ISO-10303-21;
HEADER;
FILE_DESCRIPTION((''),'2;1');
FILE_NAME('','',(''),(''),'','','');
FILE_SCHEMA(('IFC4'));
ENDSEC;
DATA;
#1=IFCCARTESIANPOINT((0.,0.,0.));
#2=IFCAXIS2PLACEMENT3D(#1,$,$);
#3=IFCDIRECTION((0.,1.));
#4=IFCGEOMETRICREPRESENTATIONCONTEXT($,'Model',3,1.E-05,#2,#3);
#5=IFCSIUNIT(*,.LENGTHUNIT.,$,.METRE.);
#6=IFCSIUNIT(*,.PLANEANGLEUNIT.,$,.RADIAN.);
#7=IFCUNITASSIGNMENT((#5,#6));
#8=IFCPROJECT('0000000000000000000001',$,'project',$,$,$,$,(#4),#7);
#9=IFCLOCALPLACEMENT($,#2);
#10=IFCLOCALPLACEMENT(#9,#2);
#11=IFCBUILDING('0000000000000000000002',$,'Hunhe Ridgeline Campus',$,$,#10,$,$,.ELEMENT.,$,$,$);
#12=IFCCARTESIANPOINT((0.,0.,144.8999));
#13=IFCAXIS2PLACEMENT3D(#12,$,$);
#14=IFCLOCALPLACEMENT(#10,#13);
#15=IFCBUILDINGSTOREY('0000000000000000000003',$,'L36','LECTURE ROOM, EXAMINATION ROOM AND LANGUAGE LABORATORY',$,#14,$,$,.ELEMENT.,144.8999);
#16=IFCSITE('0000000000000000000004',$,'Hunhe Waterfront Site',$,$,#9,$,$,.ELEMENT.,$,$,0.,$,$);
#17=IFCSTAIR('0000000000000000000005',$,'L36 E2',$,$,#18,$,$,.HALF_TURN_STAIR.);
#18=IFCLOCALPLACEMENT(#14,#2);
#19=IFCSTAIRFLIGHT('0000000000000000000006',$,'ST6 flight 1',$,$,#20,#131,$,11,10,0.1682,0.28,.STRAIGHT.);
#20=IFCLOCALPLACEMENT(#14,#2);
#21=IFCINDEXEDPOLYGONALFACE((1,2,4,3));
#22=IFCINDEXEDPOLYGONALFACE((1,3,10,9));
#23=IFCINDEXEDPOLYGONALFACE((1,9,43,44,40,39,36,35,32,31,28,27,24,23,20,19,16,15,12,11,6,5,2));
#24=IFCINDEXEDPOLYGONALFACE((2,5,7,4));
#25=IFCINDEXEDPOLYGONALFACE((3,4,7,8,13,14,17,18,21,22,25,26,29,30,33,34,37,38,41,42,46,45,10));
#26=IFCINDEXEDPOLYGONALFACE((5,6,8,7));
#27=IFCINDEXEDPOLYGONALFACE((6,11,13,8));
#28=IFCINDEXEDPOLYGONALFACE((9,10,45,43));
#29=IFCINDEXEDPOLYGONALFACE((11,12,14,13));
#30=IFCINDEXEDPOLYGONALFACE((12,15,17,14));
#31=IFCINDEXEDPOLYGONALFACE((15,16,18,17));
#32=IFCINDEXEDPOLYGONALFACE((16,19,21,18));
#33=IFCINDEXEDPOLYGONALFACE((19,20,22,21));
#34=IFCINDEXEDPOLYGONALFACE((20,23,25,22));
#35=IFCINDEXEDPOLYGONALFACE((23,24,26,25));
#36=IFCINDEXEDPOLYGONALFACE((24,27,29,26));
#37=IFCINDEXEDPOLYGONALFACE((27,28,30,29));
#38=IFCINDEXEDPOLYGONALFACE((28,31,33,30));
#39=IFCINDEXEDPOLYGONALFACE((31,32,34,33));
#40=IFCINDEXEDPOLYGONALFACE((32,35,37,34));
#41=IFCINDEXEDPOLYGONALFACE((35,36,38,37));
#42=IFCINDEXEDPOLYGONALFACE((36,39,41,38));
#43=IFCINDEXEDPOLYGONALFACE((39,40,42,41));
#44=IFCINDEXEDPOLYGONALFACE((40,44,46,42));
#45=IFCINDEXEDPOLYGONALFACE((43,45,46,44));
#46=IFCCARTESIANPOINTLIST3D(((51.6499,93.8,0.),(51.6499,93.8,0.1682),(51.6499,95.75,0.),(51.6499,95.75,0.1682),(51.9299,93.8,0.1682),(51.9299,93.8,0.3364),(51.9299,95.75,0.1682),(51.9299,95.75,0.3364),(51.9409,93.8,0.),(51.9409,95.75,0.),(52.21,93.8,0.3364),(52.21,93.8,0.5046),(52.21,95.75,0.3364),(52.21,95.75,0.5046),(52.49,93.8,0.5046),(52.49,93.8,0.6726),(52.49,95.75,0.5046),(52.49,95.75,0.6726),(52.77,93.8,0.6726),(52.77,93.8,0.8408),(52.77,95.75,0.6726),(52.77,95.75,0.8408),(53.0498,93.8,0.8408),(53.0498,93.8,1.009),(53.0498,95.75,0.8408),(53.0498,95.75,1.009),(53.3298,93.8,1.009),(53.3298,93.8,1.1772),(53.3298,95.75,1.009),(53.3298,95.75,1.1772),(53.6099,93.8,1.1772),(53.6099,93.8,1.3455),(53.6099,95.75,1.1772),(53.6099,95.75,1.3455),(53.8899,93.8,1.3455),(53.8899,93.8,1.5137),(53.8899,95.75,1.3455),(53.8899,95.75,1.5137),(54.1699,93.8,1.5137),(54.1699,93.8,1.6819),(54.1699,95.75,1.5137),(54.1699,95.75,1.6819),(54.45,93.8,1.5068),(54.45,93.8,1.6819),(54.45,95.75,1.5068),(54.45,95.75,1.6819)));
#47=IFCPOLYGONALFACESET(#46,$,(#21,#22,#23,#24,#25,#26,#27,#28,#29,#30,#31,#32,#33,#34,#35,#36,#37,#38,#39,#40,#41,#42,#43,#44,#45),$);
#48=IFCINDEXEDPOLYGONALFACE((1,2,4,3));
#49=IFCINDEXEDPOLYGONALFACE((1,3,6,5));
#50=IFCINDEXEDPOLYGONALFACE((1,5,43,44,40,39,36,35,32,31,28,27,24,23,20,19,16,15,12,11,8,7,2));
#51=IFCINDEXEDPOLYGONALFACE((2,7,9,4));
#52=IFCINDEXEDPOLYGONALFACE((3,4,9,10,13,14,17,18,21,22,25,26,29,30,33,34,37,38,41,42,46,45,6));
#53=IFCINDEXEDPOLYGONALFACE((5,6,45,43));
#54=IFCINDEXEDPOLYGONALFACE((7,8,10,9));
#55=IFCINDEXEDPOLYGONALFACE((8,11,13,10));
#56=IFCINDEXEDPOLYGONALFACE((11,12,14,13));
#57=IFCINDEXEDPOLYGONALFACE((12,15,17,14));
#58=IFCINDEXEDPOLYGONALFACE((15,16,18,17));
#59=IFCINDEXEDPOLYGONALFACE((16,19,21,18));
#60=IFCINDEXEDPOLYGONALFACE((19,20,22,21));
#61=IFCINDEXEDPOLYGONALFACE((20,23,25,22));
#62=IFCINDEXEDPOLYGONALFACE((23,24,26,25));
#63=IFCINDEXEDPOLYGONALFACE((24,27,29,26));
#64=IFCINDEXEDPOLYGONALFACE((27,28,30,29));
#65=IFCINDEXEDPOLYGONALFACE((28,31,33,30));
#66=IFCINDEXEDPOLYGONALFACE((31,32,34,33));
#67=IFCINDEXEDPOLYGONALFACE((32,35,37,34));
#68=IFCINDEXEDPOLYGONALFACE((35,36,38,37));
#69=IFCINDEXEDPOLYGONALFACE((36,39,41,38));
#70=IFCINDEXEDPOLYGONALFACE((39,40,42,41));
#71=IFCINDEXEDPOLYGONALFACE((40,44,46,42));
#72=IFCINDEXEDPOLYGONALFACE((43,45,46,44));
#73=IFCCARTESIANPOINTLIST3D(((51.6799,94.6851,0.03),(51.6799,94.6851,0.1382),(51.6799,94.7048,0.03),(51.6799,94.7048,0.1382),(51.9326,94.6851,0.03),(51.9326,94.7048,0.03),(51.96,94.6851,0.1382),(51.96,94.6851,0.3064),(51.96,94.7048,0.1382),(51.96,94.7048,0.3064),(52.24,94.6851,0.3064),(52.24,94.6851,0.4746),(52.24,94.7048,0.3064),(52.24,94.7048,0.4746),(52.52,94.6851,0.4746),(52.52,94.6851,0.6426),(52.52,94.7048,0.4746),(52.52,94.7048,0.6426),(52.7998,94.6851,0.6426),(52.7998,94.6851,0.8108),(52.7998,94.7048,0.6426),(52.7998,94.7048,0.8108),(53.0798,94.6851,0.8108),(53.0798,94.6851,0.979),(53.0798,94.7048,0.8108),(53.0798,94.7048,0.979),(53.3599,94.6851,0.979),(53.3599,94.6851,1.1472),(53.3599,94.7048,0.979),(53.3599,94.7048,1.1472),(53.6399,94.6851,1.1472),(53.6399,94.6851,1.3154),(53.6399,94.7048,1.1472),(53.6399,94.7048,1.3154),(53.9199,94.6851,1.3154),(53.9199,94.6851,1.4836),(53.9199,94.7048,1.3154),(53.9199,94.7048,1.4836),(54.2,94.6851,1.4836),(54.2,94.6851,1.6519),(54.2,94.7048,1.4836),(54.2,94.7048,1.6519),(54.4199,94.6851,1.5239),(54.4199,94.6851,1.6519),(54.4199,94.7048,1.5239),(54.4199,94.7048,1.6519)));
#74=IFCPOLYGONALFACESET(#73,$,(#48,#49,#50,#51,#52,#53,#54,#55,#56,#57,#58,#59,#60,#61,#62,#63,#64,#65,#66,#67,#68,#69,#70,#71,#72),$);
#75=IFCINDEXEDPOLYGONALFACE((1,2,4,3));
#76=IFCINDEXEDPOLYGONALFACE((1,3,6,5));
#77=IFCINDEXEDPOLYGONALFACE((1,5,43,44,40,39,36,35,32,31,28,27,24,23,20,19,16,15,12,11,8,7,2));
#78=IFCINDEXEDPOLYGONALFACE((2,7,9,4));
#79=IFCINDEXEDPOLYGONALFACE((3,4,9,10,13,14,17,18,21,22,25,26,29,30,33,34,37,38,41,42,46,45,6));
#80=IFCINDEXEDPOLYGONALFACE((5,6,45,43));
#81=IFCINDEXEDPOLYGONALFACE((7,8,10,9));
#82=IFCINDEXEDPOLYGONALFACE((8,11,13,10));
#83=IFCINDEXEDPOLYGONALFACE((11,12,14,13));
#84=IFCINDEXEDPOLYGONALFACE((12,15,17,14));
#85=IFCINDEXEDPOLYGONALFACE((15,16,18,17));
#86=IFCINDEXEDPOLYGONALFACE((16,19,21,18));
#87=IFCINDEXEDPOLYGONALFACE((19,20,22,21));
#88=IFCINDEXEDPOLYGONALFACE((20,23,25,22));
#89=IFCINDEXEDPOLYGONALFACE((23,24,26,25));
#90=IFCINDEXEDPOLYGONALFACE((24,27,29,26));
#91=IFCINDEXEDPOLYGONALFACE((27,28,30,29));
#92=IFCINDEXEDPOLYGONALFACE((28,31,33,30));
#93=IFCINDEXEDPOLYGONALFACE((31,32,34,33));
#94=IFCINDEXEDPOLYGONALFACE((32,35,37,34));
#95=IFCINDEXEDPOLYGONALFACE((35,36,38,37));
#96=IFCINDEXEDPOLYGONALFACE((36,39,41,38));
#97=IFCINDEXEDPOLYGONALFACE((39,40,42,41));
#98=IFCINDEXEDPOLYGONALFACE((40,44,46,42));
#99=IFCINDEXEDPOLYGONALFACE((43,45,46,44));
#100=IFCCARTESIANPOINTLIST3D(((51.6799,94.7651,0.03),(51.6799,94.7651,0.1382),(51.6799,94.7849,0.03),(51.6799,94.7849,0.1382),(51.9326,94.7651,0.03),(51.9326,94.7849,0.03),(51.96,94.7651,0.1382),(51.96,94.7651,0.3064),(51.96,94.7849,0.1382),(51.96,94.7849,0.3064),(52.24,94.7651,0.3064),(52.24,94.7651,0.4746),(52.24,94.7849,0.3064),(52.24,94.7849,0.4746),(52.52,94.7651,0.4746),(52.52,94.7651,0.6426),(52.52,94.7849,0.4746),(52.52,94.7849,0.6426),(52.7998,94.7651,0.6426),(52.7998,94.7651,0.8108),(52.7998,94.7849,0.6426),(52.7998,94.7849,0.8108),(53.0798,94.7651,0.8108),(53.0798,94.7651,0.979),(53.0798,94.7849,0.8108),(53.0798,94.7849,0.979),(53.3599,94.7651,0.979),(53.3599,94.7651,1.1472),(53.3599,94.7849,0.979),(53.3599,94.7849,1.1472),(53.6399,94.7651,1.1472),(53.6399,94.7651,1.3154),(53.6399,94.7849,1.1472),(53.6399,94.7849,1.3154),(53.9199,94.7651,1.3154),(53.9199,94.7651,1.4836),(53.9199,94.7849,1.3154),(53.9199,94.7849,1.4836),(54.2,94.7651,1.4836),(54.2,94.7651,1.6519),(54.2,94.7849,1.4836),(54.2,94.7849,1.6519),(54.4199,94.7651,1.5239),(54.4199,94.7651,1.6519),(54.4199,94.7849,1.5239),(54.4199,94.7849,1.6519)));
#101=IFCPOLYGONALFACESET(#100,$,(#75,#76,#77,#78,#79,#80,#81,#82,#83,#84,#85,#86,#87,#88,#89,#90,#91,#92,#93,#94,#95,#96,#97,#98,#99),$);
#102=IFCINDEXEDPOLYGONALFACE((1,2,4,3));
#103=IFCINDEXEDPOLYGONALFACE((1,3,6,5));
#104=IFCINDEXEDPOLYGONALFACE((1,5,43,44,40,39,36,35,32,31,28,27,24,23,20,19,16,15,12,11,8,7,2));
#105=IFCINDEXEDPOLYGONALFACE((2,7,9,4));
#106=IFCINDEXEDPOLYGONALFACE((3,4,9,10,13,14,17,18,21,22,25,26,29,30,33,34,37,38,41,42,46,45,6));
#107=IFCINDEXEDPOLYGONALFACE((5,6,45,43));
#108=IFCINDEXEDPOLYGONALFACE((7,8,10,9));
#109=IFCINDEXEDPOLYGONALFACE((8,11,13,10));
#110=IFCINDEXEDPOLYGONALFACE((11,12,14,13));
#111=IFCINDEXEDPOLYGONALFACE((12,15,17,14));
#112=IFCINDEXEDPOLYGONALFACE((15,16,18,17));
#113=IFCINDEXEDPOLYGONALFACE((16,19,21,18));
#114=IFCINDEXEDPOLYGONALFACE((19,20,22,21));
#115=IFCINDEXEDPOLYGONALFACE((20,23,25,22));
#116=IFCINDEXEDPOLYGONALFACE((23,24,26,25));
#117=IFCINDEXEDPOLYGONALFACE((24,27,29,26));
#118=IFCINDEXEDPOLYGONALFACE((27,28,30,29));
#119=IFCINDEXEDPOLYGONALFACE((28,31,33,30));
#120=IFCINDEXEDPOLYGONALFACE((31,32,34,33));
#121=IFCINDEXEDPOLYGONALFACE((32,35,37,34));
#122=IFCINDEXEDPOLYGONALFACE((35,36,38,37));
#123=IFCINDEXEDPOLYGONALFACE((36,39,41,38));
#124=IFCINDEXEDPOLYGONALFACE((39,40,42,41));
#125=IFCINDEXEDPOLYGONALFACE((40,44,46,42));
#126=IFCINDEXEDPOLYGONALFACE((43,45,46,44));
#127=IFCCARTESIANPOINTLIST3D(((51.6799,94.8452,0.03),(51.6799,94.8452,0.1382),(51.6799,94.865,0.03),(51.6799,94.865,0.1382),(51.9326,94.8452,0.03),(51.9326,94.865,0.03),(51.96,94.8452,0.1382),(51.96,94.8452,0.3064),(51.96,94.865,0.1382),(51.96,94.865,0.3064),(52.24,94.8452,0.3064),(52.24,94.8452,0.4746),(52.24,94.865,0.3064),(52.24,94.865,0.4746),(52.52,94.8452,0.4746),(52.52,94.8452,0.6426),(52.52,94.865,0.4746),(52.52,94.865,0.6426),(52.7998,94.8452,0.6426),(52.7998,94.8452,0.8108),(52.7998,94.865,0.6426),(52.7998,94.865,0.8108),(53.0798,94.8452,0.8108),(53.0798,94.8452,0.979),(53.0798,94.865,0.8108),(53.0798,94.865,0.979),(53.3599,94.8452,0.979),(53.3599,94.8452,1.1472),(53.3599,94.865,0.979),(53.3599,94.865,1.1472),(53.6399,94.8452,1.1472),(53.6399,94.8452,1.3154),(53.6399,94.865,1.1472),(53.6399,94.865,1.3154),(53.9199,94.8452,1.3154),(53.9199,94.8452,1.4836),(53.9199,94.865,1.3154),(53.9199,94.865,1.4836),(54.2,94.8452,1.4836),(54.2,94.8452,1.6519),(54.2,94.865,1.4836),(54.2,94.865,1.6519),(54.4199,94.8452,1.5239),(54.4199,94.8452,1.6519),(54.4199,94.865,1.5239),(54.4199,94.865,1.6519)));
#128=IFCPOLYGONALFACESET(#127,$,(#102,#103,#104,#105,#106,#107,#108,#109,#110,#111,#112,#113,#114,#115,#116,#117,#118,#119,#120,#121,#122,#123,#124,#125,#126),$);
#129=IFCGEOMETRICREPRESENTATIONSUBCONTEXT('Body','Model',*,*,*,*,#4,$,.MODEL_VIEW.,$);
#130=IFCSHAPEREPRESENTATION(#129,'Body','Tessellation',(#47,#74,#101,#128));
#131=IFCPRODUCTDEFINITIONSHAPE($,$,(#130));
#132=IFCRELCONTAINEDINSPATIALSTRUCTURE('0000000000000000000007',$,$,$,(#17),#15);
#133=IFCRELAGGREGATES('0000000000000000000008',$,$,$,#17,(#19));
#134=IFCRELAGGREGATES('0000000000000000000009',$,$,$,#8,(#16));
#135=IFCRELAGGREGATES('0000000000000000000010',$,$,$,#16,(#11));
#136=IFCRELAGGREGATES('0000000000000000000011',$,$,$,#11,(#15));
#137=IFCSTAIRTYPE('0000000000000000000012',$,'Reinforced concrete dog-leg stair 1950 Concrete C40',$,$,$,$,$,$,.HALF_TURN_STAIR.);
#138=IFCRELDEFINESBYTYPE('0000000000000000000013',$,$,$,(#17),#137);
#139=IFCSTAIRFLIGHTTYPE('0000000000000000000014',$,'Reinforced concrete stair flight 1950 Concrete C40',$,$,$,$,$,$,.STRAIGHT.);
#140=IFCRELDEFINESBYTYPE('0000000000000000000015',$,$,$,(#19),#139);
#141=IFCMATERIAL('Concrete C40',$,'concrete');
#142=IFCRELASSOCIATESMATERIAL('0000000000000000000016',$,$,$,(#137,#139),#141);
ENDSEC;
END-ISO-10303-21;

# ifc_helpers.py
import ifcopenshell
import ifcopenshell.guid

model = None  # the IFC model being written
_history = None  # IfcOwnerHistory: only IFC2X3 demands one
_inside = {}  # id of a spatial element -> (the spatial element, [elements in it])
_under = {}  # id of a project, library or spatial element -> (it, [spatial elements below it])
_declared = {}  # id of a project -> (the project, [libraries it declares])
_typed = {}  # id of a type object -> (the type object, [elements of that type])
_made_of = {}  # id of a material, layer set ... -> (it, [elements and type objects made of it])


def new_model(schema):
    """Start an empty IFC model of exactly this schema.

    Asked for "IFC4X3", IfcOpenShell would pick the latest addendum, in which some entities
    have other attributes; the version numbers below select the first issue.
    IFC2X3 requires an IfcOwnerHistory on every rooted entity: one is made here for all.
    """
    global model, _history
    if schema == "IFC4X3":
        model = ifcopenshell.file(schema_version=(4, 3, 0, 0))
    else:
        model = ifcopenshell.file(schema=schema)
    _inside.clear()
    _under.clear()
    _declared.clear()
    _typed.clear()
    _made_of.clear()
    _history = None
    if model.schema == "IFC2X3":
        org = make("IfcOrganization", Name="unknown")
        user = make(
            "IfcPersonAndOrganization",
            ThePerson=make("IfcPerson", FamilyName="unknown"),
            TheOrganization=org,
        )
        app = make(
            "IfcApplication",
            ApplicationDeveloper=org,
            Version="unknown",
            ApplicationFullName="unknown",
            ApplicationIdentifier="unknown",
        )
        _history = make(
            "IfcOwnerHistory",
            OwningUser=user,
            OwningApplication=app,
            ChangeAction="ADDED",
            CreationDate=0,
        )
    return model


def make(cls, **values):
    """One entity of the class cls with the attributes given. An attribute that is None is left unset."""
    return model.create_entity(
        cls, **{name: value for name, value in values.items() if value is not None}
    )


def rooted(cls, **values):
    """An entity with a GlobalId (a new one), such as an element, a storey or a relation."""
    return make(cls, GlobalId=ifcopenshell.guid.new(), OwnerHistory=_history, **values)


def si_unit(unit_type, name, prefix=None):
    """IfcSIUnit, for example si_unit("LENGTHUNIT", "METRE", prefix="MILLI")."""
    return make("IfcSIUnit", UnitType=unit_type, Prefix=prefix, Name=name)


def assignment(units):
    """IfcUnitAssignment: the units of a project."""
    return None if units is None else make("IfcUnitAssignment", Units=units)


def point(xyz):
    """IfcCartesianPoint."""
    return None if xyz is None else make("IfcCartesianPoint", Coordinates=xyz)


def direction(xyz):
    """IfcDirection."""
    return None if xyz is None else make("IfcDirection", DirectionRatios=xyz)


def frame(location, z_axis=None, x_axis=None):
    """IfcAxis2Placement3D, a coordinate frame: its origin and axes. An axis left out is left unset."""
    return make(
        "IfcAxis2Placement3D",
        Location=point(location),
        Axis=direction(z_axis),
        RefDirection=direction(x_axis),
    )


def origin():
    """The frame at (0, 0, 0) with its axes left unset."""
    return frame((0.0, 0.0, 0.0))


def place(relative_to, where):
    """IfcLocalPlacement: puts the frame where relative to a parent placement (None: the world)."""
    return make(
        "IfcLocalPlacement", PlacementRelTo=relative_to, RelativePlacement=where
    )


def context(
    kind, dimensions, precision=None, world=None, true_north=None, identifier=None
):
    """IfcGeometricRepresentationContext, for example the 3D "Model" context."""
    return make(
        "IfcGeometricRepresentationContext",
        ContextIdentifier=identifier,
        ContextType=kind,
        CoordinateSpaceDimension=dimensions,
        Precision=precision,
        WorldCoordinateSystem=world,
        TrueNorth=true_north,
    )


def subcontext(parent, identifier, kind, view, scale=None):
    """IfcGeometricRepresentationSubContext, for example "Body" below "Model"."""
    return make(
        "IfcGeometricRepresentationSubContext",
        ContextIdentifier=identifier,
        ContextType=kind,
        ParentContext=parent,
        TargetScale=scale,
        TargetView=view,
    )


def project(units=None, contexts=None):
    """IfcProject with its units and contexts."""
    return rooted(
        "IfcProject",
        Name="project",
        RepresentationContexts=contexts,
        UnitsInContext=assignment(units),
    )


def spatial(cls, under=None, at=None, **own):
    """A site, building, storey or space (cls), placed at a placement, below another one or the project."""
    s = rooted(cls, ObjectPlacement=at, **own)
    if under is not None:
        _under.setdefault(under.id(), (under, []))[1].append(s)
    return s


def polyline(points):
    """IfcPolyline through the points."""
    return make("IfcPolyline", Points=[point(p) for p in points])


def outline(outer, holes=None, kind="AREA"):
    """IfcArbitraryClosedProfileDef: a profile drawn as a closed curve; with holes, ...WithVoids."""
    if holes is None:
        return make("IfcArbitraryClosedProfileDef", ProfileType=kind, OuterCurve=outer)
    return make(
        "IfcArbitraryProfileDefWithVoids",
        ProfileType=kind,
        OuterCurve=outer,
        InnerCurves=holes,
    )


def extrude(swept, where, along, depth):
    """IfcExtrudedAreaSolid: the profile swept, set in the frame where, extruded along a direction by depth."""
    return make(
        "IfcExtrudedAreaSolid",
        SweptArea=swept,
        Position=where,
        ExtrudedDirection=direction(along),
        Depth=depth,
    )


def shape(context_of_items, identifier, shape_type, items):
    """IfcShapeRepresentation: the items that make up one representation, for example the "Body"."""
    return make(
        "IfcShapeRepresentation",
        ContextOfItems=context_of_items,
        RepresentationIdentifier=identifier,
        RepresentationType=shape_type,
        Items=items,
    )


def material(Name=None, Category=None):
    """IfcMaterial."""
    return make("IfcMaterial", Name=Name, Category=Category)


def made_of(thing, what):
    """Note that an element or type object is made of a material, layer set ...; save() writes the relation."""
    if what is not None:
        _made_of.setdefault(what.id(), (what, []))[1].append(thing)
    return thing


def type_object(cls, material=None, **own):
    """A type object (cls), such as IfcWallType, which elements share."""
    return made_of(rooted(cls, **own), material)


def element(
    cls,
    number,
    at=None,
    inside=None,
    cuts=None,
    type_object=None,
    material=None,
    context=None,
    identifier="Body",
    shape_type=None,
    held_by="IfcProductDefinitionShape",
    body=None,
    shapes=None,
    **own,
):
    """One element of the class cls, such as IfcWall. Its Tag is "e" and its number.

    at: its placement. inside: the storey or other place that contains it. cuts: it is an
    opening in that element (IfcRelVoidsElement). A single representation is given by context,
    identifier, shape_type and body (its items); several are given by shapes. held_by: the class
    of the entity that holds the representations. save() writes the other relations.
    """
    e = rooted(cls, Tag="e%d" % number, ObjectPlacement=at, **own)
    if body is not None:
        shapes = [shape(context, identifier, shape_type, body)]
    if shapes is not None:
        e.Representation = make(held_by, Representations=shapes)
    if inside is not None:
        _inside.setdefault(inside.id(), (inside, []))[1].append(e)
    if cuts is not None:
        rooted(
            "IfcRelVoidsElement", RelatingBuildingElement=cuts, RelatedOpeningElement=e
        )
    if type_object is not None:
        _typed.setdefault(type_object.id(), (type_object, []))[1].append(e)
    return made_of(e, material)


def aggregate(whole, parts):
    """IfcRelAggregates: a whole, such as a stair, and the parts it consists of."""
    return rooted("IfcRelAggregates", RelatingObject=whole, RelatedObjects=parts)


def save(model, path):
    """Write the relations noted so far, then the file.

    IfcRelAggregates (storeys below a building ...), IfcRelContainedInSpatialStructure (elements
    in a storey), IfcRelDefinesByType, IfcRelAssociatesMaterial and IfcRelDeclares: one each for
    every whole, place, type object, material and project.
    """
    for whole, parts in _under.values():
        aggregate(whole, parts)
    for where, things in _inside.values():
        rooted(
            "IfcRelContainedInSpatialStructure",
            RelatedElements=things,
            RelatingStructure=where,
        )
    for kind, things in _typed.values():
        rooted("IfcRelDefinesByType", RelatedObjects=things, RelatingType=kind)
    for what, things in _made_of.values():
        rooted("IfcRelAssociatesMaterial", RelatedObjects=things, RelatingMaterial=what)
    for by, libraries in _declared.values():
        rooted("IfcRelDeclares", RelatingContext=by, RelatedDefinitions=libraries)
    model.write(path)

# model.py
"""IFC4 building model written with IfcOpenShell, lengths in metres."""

from ifc_helpers import new_model, si_unit, direction, frame, origin, place, context, subcontext, project, spatial, polyline, outline, extrude, material, type_object, element, aggregate, save


model = new_model("IFC4")

# Units and contexts
model_context = context("Model", 3, precision=1e-05, world=origin(), true_north=direction((0.0, 1.0)))
body_context = subcontext(model_context, "Body", "Model", "MODEL_VIEW")
ifc_project = project(units=[si_unit("LENGTHUNIT", "METRE"), si_unit("PLANEANGLEUNIT", "RADIAN")], contexts=[model_context])

# Site, building, storey
site_placement = place(None, origin())
site = spatial("IfcSite", under=ifc_project, at=site_placement, Name="Hunhe Waterfront Site", CompositionType="ELEMENT", RefElevation=0.0)
building_placement = place(site_placement, origin())
building = spatial("IfcBuilding", under=site, at=building_placement, Name="Hunhe Ridgeline Campus", CompositionType="ELEMENT")
storey_placement = place(building_placement, frame((0.0, 0.0, 144.8999)))
storey = spatial("IfcBuildingStorey", under=building, at=storey_placement, Name="L36", Description="LECTURE ROOM, EXAMINATION ROOM AND LANGUAGE LABORATORY", CompositionType="ELEMENT", Elevation=144.8999)

# Shared definitions
ifc_material_1 = material(Name="Concrete C40", Category="concrete")
stair_type = type_object("IfcStairType", Name="Reinforced concrete dog-leg stair 1950 Concrete C40", PredefinedType="HALF_TURN_STAIR", material=ifc_material_1)
stair_flight_type = type_object("IfcStairFlightType", Name="Reinforced concrete stair flight 1950 Concrete C40", PredefinedType="STRAIGHT", material=ifc_material_1)

# Stair, stair flight
stair_1_placement = place(storey_placement, origin())
stair_1 = element("IfcStair", 1, at=stair_1_placement, inside=storey, type_object=stair_type, Name="L36 E2", PredefinedType="HALF_TURN_STAIR")
stair_flight_1_placement = place(storey_placement, frame((51.6499, 94.7749, 0.0), z_axis=(0.0, 0.0, 1.0), x_axis=(1.0, 0.0, 0.0)))
stair_flight_1 = element("IfcStairFlight", 2, at=stair_flight_1_placement, type_object=stair_flight_type, Name="ST6 flight 1", NumberOfRisers=11, NumberOfTreads=10, PredefinedType="STRAIGHT", RiserHeight=0.1682, TreadLength=0.28, context=body_context, shape_type="SweptSolid", body=[
    extrude(outline(polyline([(0.0, 0.0), (0.0, 0.1682), (0.28, 0.1682), (0.28, 0.3364), (0.5601, 0.3364), (0.5601, 0.5046), (0.8401, 0.5046), (0.8401, 0.6726), (1.1201, 0.6726), (1.1201, 0.8408), (1.3999, 0.8408), (1.3999, 1.009), (1.6799, 1.009), (1.6799, 1.1772), (1.96, 1.1772), (1.96, 1.3455), (2.24, 1.3455), (2.24, 1.5137), (2.52, 1.5137), (2.52, 1.6819), (2.8, 1.6819), (2.8, 1.8501), (2.8, 1.5068), (0.291, 0.0), (0.0, 0.0)])), frame((0.0, 0.9751, 0.0), z_axis=(0.0, -1.0, 0.0), x_axis=(1.0, 0.0, 0.0)), (0.0, 0.0, 1.0), 1.95),
    extrude(outline(polyline([(0.03, 0.03), (0.03, 0.1382), (0.3101, 0.1382), (0.3101, 0.3064), (0.5901, 0.3064), (0.5901, 0.4746), (0.8701, 0.4746), (0.8701, 0.6426), (1.1499, 0.6426), (1.1499, 0.8108), (1.4299, 0.8108), (1.4299, 0.979), (1.71, 0.979), (1.71, 1.1472), (1.99, 1.1472), (1.99, 1.3154), (2.27, 1.3154), (2.27, 1.4836), (2.55, 1.4836), (2.55, 1.6519), (2.77, 1.6519), (2.77, 1.5239), (0.2827, 0.03), (0.03, 0.03)])), frame((0.0, -0.0701, 0.0), z_axis=(0.0, -1.0, 0.0), x_axis=(1.0, 0.0, 0.0)), (0.0, 0.0, 1.0), 0.0198),
    extrude(outline(polyline([(0.03, 0.03), (0.03, 0.1382), (0.3101, 0.1382), (0.3101, 0.3064), (0.5901, 0.3064), (0.5901, 0.4746), (0.8701, 0.4746), (0.8701, 0.6426), (1.1499, 0.6426), (1.1499, 0.8108), (1.4299, 0.8108), (1.4299, 0.979), (1.71, 0.979), (1.71, 1.1472), (1.99, 1.1472), (1.99, 1.3154), (2.27, 1.3154), (2.27, 1.4836), (2.55, 1.4836), (2.55, 1.6519), (2.77, 1.6519), (2.77, 1.5239), (0.2827, 0.03), (0.03, 0.03)])), frame((0.0, 0.01, 0.0), z_axis=(0.0, -1.0, 0.0), x_axis=(1.0, 0.0, 0.0)), (0.0, 0.0, 1.0), 0.0198),
    extrude(outline(polyline([(0.03, 0.03), (0.03, 0.1382), (0.3101, 0.1382), (0.3101, 0.3064), (0.5901, 0.3064), (0.5901, 0.4746), (0.8701, 0.4746), (0.8701, 0.6426), (1.1499, 0.6426), (1.1499, 0.8108), (1.4299, 0.8108), (1.4299, 0.979), (1.71, 0.979), (1.71, 1.1472), (1.99, 1.1472), (1.99, 1.3154), (2.27, 1.3154), (2.27, 1.4836), (2.55, 1.4836), (2.55, 1.6519), (2.77, 1.6519), (2.77, 1.5239), (0.2827, 0.03), (0.03, 0.03)])), frame((0.0, 0.0901, 0.0), z_axis=(0.0, -1.0, 0.0), x_axis=(1.0, 0.0, 0.0)), (0.0, 0.0, 1.0), 0.0198),
])
aggregate(stair_1, [stair_flight_1])

save(model, "model.ifc")
